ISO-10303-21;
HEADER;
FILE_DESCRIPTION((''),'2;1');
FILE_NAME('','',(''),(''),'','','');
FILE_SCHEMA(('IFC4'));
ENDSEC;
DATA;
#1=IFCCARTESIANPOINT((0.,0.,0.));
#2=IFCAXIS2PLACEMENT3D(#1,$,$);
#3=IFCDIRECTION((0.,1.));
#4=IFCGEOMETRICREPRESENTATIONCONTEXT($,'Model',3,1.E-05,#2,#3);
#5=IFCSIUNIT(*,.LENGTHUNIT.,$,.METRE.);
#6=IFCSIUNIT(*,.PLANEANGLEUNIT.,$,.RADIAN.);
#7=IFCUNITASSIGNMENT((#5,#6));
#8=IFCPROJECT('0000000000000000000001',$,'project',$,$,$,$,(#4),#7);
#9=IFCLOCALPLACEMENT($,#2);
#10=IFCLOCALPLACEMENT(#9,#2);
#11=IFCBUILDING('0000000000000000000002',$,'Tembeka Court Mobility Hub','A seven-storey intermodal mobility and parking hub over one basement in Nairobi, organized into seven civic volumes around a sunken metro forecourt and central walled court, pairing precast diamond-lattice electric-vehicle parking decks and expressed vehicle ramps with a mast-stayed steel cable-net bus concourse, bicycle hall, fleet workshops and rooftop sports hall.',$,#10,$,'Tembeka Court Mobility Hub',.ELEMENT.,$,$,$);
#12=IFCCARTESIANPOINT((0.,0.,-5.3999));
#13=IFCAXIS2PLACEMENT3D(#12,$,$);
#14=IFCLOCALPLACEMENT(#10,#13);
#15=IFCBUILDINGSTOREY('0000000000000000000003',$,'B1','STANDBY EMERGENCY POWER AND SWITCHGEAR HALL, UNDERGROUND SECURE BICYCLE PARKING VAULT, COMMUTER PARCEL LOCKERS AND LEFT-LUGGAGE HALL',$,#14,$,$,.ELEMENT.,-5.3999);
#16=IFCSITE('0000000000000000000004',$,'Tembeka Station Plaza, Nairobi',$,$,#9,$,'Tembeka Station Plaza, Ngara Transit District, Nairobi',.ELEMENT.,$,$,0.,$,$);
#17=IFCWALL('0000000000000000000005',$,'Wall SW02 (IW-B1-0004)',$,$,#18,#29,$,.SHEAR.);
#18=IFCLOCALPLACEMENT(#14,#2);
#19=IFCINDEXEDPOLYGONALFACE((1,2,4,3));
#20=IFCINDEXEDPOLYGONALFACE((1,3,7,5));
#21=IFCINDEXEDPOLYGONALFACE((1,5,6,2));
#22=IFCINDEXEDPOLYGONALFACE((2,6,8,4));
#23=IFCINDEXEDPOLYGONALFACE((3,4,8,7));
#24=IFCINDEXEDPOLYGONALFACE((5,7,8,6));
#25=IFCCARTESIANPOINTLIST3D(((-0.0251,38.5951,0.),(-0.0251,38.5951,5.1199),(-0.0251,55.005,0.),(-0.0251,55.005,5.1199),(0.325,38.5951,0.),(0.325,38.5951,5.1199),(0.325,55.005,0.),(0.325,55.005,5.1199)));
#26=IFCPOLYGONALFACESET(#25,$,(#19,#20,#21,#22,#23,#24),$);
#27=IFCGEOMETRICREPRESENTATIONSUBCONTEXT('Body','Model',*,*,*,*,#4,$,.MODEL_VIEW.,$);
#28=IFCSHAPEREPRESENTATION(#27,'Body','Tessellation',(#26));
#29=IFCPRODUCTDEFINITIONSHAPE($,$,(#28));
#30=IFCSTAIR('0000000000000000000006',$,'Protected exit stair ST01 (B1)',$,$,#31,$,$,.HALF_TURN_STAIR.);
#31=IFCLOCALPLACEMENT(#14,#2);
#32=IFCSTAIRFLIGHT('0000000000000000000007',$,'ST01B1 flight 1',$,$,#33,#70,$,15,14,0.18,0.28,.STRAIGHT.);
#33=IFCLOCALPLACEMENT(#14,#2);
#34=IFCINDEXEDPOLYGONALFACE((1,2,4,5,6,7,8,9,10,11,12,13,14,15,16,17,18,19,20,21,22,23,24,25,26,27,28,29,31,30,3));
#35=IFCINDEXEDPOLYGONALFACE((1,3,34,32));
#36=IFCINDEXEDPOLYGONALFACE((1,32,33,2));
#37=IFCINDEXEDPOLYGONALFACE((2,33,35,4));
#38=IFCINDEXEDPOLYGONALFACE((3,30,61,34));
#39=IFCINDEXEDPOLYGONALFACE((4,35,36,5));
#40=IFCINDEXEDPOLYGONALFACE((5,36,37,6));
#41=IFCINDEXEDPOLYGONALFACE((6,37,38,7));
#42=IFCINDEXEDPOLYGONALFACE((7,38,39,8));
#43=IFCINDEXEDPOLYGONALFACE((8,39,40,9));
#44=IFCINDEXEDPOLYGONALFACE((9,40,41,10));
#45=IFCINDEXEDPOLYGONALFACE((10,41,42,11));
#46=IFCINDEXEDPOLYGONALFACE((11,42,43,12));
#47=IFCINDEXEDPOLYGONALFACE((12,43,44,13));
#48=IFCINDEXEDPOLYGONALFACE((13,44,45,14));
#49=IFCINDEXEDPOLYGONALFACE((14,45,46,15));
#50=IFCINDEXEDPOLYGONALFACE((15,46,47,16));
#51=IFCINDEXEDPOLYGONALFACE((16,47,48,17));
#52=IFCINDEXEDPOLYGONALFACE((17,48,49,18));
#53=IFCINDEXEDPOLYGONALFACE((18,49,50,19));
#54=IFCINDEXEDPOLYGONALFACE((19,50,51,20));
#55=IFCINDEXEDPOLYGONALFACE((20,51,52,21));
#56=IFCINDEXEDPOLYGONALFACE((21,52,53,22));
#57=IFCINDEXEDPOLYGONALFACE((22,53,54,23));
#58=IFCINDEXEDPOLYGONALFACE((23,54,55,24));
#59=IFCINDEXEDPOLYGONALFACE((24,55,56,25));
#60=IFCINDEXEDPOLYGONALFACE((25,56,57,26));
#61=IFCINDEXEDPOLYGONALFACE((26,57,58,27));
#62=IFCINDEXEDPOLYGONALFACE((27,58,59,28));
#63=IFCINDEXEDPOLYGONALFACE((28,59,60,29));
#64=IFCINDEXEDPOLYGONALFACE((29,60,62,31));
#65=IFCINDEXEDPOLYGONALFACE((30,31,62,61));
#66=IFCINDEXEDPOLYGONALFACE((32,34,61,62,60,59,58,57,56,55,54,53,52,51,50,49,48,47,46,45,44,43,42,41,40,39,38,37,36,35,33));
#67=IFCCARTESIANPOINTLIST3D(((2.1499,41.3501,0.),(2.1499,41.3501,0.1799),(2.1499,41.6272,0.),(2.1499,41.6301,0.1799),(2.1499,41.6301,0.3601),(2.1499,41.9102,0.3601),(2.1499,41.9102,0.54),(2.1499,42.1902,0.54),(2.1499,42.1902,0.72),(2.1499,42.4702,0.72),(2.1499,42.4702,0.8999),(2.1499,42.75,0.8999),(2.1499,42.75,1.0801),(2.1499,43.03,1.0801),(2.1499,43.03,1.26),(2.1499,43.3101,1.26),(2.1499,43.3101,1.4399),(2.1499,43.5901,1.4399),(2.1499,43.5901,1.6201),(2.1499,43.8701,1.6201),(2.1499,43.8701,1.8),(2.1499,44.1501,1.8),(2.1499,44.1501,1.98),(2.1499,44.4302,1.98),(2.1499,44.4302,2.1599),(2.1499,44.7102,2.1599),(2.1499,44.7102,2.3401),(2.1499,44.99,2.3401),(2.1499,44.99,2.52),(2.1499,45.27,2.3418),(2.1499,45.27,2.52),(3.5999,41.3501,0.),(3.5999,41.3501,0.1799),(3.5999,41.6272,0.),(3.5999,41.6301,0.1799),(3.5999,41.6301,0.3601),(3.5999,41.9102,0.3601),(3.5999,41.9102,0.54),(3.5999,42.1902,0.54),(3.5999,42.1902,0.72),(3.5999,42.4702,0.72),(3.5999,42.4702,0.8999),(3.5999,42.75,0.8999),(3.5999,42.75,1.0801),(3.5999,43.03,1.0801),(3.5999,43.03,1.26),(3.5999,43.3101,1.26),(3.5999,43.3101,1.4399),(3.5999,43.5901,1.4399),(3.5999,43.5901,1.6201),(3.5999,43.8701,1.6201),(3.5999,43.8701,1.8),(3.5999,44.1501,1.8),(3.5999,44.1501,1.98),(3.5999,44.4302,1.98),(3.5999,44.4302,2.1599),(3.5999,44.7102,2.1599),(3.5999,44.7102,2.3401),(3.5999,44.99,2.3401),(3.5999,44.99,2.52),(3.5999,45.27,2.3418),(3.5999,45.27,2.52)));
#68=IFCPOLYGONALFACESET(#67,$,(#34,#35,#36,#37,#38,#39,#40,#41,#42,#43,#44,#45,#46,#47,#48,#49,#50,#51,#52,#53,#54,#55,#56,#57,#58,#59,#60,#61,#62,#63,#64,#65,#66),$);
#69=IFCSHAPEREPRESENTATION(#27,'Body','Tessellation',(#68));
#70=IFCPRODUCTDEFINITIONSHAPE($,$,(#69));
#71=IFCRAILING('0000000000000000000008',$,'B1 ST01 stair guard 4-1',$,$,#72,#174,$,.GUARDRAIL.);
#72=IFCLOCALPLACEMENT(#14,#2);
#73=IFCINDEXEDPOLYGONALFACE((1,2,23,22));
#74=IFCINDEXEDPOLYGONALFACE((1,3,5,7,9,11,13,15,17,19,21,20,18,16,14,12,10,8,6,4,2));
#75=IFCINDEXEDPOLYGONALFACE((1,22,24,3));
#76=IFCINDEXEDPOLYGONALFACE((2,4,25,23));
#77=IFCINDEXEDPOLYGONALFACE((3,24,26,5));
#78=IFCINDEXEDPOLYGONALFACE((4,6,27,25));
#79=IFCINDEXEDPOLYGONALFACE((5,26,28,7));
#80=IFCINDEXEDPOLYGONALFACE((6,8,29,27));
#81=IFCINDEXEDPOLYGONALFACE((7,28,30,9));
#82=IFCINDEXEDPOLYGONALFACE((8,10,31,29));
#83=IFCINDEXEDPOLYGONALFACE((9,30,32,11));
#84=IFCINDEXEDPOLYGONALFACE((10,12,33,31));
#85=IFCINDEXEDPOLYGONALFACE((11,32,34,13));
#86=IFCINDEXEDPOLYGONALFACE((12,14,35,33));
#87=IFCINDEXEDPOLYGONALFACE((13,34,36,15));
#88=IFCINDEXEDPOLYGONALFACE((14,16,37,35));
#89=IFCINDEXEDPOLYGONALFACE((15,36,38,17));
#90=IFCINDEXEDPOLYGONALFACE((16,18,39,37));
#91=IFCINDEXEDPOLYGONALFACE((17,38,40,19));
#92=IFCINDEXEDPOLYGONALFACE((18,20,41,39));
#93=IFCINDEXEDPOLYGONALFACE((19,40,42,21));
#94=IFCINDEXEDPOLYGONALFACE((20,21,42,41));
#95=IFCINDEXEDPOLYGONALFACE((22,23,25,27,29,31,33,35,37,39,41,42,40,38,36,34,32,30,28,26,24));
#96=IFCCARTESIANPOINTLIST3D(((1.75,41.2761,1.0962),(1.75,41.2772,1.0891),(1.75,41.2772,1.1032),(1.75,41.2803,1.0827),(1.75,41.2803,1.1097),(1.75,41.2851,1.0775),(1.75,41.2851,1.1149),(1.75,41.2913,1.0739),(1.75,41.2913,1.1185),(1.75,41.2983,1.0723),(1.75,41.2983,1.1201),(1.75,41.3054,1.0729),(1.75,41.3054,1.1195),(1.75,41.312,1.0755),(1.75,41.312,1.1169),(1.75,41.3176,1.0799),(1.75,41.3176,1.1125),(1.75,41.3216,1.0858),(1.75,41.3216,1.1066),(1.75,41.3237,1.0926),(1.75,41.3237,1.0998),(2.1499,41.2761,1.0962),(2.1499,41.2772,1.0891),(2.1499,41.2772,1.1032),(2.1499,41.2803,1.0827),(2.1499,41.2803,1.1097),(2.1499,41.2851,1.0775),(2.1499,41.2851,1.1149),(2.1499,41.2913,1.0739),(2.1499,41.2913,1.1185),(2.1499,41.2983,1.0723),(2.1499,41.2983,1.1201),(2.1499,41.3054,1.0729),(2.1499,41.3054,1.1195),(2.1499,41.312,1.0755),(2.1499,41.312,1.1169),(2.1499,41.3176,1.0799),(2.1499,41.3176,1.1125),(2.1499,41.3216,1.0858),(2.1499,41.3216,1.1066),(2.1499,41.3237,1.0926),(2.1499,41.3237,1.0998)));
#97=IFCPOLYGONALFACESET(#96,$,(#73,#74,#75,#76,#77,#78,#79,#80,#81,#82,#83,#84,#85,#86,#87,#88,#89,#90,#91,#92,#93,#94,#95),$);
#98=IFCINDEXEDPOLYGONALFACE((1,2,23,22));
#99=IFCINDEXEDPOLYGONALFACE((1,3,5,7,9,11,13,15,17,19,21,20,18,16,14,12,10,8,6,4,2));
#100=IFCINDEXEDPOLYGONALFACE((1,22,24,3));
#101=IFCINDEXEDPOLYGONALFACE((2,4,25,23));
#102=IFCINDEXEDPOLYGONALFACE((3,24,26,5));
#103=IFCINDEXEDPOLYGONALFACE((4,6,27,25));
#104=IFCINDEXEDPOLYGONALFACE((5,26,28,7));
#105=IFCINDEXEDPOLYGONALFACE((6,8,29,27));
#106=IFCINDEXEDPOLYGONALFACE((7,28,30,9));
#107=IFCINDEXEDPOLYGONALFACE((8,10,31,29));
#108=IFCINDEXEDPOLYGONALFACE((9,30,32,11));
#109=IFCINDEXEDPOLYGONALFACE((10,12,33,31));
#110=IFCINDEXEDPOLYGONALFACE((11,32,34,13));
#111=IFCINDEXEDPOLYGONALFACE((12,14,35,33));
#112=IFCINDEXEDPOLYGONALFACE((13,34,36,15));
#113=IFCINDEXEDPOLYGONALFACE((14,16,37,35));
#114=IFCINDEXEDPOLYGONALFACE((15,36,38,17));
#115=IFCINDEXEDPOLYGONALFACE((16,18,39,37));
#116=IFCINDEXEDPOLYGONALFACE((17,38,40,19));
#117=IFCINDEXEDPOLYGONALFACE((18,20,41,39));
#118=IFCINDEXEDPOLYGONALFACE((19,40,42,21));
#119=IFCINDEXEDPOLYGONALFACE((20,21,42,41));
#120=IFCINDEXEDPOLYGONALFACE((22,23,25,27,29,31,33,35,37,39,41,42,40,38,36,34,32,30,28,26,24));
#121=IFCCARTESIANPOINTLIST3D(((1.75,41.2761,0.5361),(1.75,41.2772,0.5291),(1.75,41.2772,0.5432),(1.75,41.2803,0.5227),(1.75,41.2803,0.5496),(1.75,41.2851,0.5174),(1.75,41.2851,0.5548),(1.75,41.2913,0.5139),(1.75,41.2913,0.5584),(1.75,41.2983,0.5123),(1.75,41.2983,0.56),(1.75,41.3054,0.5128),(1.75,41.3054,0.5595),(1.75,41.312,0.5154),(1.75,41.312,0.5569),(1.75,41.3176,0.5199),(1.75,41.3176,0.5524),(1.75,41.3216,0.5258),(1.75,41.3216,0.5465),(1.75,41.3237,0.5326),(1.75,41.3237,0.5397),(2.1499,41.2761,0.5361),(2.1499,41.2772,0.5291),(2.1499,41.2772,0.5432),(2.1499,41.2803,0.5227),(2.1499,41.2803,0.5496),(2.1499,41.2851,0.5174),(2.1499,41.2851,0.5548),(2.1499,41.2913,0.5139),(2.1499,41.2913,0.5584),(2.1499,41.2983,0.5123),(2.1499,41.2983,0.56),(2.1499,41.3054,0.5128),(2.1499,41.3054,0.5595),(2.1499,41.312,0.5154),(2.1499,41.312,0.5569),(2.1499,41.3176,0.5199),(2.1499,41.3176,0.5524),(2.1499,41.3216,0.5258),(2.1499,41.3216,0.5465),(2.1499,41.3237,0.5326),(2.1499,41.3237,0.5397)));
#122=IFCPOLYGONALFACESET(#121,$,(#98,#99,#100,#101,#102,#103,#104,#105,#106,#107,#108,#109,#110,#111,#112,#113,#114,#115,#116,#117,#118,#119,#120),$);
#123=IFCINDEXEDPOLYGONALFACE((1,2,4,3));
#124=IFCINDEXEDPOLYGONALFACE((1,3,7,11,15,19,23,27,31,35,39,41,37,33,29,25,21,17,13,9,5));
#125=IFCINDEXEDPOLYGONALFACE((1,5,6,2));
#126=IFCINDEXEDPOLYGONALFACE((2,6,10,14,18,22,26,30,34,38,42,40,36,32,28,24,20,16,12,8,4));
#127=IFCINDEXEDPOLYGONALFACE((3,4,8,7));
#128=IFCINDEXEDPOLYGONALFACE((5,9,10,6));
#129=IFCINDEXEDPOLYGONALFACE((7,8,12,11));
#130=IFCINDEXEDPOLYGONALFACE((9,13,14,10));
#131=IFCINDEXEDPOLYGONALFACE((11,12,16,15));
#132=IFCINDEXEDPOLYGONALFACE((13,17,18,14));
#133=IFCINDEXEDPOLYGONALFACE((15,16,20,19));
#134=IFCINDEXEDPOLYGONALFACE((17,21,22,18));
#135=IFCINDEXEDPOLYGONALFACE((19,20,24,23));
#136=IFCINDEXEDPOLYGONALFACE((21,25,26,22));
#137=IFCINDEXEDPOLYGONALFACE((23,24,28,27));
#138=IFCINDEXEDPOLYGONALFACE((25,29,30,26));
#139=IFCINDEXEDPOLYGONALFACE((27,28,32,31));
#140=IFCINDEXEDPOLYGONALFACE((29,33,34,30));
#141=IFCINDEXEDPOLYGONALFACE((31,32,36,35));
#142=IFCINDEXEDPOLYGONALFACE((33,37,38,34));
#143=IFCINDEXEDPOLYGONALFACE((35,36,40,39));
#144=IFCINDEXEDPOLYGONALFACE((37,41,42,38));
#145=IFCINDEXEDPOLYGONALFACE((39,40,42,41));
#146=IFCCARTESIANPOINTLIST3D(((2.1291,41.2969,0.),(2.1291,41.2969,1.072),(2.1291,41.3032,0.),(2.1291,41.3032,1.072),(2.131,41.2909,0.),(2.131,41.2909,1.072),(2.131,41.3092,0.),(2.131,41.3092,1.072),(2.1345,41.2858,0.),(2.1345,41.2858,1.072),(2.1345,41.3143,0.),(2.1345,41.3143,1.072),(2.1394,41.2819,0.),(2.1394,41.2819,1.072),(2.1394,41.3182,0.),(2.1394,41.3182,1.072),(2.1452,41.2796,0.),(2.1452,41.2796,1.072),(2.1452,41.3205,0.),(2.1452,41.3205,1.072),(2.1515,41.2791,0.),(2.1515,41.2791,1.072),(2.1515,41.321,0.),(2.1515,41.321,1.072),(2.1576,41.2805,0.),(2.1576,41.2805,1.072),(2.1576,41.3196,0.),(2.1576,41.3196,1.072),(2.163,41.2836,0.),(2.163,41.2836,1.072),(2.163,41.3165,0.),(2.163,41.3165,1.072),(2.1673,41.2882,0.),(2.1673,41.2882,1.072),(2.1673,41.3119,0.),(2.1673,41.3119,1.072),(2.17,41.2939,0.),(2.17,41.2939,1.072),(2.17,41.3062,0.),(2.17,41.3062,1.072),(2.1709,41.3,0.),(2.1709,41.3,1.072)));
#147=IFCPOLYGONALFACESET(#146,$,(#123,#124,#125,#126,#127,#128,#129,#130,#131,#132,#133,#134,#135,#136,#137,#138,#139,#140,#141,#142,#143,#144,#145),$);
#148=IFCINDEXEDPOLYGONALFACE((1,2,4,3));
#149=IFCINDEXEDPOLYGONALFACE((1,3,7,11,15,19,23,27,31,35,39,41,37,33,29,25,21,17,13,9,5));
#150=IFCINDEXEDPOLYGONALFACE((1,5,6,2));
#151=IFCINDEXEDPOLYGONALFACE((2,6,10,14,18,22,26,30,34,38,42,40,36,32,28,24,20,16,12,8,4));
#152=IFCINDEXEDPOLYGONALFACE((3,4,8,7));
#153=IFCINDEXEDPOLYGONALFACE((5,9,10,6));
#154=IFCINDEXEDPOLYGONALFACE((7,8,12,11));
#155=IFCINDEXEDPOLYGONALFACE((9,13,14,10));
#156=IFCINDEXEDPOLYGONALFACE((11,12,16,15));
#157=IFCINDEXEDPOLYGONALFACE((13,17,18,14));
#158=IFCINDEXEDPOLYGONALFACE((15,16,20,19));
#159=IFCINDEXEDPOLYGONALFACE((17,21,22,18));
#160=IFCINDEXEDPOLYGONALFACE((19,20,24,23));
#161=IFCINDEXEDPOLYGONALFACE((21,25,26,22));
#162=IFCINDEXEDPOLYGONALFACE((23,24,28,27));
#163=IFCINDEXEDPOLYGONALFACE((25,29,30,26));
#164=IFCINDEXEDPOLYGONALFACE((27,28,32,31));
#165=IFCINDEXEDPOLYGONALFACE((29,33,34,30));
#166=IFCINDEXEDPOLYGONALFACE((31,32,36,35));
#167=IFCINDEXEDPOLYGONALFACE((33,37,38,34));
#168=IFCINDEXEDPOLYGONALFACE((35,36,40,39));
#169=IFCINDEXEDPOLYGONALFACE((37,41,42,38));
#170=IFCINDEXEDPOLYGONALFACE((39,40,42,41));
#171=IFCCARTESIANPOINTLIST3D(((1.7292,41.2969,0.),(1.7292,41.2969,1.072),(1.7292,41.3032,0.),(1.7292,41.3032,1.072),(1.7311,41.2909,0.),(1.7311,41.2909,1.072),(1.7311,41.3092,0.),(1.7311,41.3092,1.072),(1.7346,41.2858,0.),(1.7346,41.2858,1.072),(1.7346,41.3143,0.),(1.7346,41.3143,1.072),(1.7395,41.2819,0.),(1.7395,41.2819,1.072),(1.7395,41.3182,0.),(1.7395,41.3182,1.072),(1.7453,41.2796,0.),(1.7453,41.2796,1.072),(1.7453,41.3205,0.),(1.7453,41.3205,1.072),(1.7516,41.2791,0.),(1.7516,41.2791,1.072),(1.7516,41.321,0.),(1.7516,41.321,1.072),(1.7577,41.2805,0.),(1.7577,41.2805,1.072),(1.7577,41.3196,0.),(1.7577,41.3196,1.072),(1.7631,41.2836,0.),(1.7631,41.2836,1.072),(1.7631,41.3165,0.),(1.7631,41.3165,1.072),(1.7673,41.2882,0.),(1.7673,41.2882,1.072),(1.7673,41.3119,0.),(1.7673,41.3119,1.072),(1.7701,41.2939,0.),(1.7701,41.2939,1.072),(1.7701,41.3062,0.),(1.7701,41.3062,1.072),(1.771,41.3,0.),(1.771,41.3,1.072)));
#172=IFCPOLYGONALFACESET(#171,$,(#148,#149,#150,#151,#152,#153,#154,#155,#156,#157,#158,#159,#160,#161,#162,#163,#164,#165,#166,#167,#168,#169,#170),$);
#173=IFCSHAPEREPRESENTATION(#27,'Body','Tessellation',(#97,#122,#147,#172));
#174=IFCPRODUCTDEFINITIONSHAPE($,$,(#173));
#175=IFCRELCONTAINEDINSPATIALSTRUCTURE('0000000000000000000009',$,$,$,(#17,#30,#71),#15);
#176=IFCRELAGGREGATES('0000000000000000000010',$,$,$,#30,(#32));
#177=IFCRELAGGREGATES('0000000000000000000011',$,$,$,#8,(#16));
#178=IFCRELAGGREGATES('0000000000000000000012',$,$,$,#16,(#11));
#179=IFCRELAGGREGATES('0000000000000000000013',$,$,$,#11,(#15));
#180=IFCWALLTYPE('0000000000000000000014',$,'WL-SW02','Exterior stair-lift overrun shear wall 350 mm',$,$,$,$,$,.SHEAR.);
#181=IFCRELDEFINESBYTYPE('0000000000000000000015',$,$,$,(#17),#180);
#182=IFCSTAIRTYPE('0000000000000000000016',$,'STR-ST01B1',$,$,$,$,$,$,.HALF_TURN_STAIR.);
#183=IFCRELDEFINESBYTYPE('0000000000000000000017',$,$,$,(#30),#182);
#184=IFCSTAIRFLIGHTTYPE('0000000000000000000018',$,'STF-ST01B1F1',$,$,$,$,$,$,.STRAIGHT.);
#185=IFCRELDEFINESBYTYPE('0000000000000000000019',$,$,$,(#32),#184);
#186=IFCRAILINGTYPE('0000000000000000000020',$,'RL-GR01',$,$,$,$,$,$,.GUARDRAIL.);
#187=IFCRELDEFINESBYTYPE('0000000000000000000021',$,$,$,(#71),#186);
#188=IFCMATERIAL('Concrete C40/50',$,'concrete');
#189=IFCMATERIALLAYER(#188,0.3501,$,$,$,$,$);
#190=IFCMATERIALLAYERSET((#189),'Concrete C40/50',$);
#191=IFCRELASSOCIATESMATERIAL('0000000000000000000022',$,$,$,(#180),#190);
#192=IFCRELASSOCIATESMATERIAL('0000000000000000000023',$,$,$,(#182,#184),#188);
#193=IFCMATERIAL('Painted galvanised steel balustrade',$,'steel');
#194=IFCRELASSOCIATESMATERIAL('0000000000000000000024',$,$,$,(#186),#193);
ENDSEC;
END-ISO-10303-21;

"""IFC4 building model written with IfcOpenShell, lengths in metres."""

from ifc_helpers import new_model, si_unit, direction, frame, frame_2d, origin, origin_2d, place, context, subcontext, project, spatial, polyline, rectangle, circle, outline, extrude, material, layer, layer_set, type_object, element, aggregate, save


model = new_model("IFC4")

# Units and contexts
model_context = context("Model", 3, precision=1e-05, world=origin(), true_north=direction((0.0, 1.0)))
body_context = subcontext(model_context, "Body", "Model", "MODEL_VIEW")
ifc_project = project(units=[si_unit("LENGTHUNIT", "METRE"), si_unit("PLANEANGLEUNIT", "RADIAN")], contexts=[model_context])

# Site, building, storey
site_placement = place(None, origin())
site = spatial("IfcSite", under=ifc_project, at=site_placement, Name="Tembeka Station Plaza, Nairobi", LongName="Tembeka Station Plaza, Ngara Transit District, Nairobi", CompositionType="ELEMENT", RefElevation=0.0)
building_placement = place(site_placement, origin())
building = spatial("IfcBuilding", under=site, at=building_placement, Name="Tembeka Court Mobility Hub", Description="A seven-storey intermodal mobility and parking hub over one basement in Nairobi, organized into seven civic volumes around a sunken metro forecourt and central walled court, pairing precast diamond-lattice electric-vehicle parking decks and expressed vehicle ramps with a mast-stayed steel cable-net bus concourse, bicycle hall, fleet workshops and rooftop sports hall.", LongName="Tembeka Court Mobility Hub", CompositionType="ELEMENT")
storey_placement = place(building_placement, frame((0.0, 0.0, -5.3999)))
storey = spatial("IfcBuildingStorey", under=building, at=storey_placement, Name="B1", Description="STANDBY EMERGENCY POWER AND SWITCHGEAR HALL, UNDERGROUND SECURE BICYCLE PARKING VAULT, COMMUTER PARCEL LOCKERS AND LEFT-LUGGAGE HALL", CompositionType="ELEMENT", Elevation=-5.3999)

# Shared definitions
ifc_material_1 = material(Name="Concrete C40/50", Category="concrete")

# Wall
ifc_layer_1 = layer(ifc_material_1, 0.3501)
ifc_layer_set_1 = layer_set([ifc_layer_1], Name="Concrete C40/50")
wall_type_1 = type_object("IfcWallType", Name="WL-SW02", Description="Exterior stair-lift overrun shear wall 350 mm", PredefinedType="SHEAR", material=ifc_layer_set_1)
wall_1_placement = place(storey_placement, frame((0.1499, 38.595, 0.0), z_axis=(0.0, 0.0, 1.0), x_axis=(0.0, 1.0, 0.0)))
element("IfcWall", 1, at=wall_1_placement, inside=storey, type_object=wall_type_1, Name="Wall SW02 (IW-B1-0004)", PredefinedType="SHEAR", context=body_context, shape_type="SweptSolid", body=[
    extrude(rectangle(XDim=16.4099, YDim=0.3501, at=frame_2d((8.2051, 0.0))), origin(), (0.0, 0.0, 1.0), 5.1199),
])

# Stair, stair flight
stair_type = type_object("IfcStairType", Name="STR-ST01B1", PredefinedType="HALF_TURN_STAIR", material=ifc_material_1)
stair_placement = place(storey_placement, origin())
stair = element("IfcStair", 2, at=stair_placement, inside=storey, type_object=stair_type, Name="Protected exit stair ST01 (B1)", PredefinedType="HALF_TURN_STAIR")
stair_flight_type = type_object("IfcStairFlightType", Name="STF-ST01B1F1", PredefinedType="STRAIGHT", material=ifc_material_1)
stair_flight_placement = place(storey_placement, frame((2.875, 41.3501, 0.0), z_axis=(0.0, 0.0, 1.0), x_axis=(0.0, 1.0, 0.0)))
stair_flight = element("IfcStairFlight", 3, at=stair_flight_placement, type_object=stair_flight_type, Name="ST01B1 flight 1", NumberOfRisers=15, NumberOfTreads=14, PredefinedType="STRAIGHT", RiserHeight=0.18, TreadLength=0.28, context=body_context, shape_type="SweptSolid", body=[
    extrude(outline(polyline([(0.0, 0.0), (0.0, 0.1799), (0.28, 0.1799), (0.28, 0.3601), (0.5601, 0.3601), (0.5601, 0.54), (0.8401, 0.54), (0.8401, 0.72), (1.1201, 0.72), (1.1201, 0.8999), (1.3999, 0.8999), (1.3999, 1.0801), (1.6799, 1.0801), (1.6799, 1.26), (1.96, 1.26), (1.96, 1.4399), (2.24, 1.4399), (2.24, 1.6201), (2.52, 1.6201), (2.52, 1.8), (2.8, 1.8), (2.8, 1.98), (3.0801, 1.98), (3.0801, 2.1599), (3.3601, 2.1599), (3.3601, 2.3401), (3.6399, 2.3401), (3.6399, 2.52), (3.9199, 2.52), (3.9199, 2.7), (3.9199, 2.3418), (0.2771, 0.0), (0.0, 0.0)])), frame((0.0, 0.7251, 0.0), z_axis=(0.0, -1.0, 0.0), x_axis=(1.0, 0.0, 0.0)), (0.0, 0.0, 1.0), 1.45),
])
aggregate(stair, [stair_flight])

# Railing
ifc_material_2 = material(Name="Painted galvanised steel balustrade", Category="steel")
railing_type_1 = type_object("IfcRailingType", Name="RL-GR01", PredefinedType="GUARDRAIL", material=ifc_material_2)
railing_1_placement = place(storey_placement, frame((2.1499, 41.3, 0.0)))
element("IfcRailing", 4, at=railing_1_placement, inside=storey, type_object=railing_type_1, Name="B1 ST01 stair guard 4-1", PredefinedType="GUARDRAIL", context=body_context, shape_type="SweptSolid", body=[
    extrude(circle(Radius=0.0239, at=origin_2d()), frame((0.0, 0.0, 1.0962), z_axis=(-1.0, 0.0, 0.0), x_axis=(0.0, -1.0, 0.0)), (0.0, 0.0, 1.0), 0.3999),
    extrude(circle(Radius=0.0239, at=origin_2d()), frame((0.0, 0.0, 0.5361), z_axis=(-1.0, 0.0, 0.0), x_axis=(0.0, -1.0, 0.0)), (0.0, 0.0, 1.0), 0.3999),
    extrude(circle(Radius=0.021, at=origin_2d()), origin(), (0.0, 0.0, 1.0), 1.072),
    extrude(circle(Radius=0.021, at=origin_2d()), frame((-0.3999, 0.0, 0.0)), (0.0, 0.0, 1.0), 1.072),
])

save(model, "model.ifc")
